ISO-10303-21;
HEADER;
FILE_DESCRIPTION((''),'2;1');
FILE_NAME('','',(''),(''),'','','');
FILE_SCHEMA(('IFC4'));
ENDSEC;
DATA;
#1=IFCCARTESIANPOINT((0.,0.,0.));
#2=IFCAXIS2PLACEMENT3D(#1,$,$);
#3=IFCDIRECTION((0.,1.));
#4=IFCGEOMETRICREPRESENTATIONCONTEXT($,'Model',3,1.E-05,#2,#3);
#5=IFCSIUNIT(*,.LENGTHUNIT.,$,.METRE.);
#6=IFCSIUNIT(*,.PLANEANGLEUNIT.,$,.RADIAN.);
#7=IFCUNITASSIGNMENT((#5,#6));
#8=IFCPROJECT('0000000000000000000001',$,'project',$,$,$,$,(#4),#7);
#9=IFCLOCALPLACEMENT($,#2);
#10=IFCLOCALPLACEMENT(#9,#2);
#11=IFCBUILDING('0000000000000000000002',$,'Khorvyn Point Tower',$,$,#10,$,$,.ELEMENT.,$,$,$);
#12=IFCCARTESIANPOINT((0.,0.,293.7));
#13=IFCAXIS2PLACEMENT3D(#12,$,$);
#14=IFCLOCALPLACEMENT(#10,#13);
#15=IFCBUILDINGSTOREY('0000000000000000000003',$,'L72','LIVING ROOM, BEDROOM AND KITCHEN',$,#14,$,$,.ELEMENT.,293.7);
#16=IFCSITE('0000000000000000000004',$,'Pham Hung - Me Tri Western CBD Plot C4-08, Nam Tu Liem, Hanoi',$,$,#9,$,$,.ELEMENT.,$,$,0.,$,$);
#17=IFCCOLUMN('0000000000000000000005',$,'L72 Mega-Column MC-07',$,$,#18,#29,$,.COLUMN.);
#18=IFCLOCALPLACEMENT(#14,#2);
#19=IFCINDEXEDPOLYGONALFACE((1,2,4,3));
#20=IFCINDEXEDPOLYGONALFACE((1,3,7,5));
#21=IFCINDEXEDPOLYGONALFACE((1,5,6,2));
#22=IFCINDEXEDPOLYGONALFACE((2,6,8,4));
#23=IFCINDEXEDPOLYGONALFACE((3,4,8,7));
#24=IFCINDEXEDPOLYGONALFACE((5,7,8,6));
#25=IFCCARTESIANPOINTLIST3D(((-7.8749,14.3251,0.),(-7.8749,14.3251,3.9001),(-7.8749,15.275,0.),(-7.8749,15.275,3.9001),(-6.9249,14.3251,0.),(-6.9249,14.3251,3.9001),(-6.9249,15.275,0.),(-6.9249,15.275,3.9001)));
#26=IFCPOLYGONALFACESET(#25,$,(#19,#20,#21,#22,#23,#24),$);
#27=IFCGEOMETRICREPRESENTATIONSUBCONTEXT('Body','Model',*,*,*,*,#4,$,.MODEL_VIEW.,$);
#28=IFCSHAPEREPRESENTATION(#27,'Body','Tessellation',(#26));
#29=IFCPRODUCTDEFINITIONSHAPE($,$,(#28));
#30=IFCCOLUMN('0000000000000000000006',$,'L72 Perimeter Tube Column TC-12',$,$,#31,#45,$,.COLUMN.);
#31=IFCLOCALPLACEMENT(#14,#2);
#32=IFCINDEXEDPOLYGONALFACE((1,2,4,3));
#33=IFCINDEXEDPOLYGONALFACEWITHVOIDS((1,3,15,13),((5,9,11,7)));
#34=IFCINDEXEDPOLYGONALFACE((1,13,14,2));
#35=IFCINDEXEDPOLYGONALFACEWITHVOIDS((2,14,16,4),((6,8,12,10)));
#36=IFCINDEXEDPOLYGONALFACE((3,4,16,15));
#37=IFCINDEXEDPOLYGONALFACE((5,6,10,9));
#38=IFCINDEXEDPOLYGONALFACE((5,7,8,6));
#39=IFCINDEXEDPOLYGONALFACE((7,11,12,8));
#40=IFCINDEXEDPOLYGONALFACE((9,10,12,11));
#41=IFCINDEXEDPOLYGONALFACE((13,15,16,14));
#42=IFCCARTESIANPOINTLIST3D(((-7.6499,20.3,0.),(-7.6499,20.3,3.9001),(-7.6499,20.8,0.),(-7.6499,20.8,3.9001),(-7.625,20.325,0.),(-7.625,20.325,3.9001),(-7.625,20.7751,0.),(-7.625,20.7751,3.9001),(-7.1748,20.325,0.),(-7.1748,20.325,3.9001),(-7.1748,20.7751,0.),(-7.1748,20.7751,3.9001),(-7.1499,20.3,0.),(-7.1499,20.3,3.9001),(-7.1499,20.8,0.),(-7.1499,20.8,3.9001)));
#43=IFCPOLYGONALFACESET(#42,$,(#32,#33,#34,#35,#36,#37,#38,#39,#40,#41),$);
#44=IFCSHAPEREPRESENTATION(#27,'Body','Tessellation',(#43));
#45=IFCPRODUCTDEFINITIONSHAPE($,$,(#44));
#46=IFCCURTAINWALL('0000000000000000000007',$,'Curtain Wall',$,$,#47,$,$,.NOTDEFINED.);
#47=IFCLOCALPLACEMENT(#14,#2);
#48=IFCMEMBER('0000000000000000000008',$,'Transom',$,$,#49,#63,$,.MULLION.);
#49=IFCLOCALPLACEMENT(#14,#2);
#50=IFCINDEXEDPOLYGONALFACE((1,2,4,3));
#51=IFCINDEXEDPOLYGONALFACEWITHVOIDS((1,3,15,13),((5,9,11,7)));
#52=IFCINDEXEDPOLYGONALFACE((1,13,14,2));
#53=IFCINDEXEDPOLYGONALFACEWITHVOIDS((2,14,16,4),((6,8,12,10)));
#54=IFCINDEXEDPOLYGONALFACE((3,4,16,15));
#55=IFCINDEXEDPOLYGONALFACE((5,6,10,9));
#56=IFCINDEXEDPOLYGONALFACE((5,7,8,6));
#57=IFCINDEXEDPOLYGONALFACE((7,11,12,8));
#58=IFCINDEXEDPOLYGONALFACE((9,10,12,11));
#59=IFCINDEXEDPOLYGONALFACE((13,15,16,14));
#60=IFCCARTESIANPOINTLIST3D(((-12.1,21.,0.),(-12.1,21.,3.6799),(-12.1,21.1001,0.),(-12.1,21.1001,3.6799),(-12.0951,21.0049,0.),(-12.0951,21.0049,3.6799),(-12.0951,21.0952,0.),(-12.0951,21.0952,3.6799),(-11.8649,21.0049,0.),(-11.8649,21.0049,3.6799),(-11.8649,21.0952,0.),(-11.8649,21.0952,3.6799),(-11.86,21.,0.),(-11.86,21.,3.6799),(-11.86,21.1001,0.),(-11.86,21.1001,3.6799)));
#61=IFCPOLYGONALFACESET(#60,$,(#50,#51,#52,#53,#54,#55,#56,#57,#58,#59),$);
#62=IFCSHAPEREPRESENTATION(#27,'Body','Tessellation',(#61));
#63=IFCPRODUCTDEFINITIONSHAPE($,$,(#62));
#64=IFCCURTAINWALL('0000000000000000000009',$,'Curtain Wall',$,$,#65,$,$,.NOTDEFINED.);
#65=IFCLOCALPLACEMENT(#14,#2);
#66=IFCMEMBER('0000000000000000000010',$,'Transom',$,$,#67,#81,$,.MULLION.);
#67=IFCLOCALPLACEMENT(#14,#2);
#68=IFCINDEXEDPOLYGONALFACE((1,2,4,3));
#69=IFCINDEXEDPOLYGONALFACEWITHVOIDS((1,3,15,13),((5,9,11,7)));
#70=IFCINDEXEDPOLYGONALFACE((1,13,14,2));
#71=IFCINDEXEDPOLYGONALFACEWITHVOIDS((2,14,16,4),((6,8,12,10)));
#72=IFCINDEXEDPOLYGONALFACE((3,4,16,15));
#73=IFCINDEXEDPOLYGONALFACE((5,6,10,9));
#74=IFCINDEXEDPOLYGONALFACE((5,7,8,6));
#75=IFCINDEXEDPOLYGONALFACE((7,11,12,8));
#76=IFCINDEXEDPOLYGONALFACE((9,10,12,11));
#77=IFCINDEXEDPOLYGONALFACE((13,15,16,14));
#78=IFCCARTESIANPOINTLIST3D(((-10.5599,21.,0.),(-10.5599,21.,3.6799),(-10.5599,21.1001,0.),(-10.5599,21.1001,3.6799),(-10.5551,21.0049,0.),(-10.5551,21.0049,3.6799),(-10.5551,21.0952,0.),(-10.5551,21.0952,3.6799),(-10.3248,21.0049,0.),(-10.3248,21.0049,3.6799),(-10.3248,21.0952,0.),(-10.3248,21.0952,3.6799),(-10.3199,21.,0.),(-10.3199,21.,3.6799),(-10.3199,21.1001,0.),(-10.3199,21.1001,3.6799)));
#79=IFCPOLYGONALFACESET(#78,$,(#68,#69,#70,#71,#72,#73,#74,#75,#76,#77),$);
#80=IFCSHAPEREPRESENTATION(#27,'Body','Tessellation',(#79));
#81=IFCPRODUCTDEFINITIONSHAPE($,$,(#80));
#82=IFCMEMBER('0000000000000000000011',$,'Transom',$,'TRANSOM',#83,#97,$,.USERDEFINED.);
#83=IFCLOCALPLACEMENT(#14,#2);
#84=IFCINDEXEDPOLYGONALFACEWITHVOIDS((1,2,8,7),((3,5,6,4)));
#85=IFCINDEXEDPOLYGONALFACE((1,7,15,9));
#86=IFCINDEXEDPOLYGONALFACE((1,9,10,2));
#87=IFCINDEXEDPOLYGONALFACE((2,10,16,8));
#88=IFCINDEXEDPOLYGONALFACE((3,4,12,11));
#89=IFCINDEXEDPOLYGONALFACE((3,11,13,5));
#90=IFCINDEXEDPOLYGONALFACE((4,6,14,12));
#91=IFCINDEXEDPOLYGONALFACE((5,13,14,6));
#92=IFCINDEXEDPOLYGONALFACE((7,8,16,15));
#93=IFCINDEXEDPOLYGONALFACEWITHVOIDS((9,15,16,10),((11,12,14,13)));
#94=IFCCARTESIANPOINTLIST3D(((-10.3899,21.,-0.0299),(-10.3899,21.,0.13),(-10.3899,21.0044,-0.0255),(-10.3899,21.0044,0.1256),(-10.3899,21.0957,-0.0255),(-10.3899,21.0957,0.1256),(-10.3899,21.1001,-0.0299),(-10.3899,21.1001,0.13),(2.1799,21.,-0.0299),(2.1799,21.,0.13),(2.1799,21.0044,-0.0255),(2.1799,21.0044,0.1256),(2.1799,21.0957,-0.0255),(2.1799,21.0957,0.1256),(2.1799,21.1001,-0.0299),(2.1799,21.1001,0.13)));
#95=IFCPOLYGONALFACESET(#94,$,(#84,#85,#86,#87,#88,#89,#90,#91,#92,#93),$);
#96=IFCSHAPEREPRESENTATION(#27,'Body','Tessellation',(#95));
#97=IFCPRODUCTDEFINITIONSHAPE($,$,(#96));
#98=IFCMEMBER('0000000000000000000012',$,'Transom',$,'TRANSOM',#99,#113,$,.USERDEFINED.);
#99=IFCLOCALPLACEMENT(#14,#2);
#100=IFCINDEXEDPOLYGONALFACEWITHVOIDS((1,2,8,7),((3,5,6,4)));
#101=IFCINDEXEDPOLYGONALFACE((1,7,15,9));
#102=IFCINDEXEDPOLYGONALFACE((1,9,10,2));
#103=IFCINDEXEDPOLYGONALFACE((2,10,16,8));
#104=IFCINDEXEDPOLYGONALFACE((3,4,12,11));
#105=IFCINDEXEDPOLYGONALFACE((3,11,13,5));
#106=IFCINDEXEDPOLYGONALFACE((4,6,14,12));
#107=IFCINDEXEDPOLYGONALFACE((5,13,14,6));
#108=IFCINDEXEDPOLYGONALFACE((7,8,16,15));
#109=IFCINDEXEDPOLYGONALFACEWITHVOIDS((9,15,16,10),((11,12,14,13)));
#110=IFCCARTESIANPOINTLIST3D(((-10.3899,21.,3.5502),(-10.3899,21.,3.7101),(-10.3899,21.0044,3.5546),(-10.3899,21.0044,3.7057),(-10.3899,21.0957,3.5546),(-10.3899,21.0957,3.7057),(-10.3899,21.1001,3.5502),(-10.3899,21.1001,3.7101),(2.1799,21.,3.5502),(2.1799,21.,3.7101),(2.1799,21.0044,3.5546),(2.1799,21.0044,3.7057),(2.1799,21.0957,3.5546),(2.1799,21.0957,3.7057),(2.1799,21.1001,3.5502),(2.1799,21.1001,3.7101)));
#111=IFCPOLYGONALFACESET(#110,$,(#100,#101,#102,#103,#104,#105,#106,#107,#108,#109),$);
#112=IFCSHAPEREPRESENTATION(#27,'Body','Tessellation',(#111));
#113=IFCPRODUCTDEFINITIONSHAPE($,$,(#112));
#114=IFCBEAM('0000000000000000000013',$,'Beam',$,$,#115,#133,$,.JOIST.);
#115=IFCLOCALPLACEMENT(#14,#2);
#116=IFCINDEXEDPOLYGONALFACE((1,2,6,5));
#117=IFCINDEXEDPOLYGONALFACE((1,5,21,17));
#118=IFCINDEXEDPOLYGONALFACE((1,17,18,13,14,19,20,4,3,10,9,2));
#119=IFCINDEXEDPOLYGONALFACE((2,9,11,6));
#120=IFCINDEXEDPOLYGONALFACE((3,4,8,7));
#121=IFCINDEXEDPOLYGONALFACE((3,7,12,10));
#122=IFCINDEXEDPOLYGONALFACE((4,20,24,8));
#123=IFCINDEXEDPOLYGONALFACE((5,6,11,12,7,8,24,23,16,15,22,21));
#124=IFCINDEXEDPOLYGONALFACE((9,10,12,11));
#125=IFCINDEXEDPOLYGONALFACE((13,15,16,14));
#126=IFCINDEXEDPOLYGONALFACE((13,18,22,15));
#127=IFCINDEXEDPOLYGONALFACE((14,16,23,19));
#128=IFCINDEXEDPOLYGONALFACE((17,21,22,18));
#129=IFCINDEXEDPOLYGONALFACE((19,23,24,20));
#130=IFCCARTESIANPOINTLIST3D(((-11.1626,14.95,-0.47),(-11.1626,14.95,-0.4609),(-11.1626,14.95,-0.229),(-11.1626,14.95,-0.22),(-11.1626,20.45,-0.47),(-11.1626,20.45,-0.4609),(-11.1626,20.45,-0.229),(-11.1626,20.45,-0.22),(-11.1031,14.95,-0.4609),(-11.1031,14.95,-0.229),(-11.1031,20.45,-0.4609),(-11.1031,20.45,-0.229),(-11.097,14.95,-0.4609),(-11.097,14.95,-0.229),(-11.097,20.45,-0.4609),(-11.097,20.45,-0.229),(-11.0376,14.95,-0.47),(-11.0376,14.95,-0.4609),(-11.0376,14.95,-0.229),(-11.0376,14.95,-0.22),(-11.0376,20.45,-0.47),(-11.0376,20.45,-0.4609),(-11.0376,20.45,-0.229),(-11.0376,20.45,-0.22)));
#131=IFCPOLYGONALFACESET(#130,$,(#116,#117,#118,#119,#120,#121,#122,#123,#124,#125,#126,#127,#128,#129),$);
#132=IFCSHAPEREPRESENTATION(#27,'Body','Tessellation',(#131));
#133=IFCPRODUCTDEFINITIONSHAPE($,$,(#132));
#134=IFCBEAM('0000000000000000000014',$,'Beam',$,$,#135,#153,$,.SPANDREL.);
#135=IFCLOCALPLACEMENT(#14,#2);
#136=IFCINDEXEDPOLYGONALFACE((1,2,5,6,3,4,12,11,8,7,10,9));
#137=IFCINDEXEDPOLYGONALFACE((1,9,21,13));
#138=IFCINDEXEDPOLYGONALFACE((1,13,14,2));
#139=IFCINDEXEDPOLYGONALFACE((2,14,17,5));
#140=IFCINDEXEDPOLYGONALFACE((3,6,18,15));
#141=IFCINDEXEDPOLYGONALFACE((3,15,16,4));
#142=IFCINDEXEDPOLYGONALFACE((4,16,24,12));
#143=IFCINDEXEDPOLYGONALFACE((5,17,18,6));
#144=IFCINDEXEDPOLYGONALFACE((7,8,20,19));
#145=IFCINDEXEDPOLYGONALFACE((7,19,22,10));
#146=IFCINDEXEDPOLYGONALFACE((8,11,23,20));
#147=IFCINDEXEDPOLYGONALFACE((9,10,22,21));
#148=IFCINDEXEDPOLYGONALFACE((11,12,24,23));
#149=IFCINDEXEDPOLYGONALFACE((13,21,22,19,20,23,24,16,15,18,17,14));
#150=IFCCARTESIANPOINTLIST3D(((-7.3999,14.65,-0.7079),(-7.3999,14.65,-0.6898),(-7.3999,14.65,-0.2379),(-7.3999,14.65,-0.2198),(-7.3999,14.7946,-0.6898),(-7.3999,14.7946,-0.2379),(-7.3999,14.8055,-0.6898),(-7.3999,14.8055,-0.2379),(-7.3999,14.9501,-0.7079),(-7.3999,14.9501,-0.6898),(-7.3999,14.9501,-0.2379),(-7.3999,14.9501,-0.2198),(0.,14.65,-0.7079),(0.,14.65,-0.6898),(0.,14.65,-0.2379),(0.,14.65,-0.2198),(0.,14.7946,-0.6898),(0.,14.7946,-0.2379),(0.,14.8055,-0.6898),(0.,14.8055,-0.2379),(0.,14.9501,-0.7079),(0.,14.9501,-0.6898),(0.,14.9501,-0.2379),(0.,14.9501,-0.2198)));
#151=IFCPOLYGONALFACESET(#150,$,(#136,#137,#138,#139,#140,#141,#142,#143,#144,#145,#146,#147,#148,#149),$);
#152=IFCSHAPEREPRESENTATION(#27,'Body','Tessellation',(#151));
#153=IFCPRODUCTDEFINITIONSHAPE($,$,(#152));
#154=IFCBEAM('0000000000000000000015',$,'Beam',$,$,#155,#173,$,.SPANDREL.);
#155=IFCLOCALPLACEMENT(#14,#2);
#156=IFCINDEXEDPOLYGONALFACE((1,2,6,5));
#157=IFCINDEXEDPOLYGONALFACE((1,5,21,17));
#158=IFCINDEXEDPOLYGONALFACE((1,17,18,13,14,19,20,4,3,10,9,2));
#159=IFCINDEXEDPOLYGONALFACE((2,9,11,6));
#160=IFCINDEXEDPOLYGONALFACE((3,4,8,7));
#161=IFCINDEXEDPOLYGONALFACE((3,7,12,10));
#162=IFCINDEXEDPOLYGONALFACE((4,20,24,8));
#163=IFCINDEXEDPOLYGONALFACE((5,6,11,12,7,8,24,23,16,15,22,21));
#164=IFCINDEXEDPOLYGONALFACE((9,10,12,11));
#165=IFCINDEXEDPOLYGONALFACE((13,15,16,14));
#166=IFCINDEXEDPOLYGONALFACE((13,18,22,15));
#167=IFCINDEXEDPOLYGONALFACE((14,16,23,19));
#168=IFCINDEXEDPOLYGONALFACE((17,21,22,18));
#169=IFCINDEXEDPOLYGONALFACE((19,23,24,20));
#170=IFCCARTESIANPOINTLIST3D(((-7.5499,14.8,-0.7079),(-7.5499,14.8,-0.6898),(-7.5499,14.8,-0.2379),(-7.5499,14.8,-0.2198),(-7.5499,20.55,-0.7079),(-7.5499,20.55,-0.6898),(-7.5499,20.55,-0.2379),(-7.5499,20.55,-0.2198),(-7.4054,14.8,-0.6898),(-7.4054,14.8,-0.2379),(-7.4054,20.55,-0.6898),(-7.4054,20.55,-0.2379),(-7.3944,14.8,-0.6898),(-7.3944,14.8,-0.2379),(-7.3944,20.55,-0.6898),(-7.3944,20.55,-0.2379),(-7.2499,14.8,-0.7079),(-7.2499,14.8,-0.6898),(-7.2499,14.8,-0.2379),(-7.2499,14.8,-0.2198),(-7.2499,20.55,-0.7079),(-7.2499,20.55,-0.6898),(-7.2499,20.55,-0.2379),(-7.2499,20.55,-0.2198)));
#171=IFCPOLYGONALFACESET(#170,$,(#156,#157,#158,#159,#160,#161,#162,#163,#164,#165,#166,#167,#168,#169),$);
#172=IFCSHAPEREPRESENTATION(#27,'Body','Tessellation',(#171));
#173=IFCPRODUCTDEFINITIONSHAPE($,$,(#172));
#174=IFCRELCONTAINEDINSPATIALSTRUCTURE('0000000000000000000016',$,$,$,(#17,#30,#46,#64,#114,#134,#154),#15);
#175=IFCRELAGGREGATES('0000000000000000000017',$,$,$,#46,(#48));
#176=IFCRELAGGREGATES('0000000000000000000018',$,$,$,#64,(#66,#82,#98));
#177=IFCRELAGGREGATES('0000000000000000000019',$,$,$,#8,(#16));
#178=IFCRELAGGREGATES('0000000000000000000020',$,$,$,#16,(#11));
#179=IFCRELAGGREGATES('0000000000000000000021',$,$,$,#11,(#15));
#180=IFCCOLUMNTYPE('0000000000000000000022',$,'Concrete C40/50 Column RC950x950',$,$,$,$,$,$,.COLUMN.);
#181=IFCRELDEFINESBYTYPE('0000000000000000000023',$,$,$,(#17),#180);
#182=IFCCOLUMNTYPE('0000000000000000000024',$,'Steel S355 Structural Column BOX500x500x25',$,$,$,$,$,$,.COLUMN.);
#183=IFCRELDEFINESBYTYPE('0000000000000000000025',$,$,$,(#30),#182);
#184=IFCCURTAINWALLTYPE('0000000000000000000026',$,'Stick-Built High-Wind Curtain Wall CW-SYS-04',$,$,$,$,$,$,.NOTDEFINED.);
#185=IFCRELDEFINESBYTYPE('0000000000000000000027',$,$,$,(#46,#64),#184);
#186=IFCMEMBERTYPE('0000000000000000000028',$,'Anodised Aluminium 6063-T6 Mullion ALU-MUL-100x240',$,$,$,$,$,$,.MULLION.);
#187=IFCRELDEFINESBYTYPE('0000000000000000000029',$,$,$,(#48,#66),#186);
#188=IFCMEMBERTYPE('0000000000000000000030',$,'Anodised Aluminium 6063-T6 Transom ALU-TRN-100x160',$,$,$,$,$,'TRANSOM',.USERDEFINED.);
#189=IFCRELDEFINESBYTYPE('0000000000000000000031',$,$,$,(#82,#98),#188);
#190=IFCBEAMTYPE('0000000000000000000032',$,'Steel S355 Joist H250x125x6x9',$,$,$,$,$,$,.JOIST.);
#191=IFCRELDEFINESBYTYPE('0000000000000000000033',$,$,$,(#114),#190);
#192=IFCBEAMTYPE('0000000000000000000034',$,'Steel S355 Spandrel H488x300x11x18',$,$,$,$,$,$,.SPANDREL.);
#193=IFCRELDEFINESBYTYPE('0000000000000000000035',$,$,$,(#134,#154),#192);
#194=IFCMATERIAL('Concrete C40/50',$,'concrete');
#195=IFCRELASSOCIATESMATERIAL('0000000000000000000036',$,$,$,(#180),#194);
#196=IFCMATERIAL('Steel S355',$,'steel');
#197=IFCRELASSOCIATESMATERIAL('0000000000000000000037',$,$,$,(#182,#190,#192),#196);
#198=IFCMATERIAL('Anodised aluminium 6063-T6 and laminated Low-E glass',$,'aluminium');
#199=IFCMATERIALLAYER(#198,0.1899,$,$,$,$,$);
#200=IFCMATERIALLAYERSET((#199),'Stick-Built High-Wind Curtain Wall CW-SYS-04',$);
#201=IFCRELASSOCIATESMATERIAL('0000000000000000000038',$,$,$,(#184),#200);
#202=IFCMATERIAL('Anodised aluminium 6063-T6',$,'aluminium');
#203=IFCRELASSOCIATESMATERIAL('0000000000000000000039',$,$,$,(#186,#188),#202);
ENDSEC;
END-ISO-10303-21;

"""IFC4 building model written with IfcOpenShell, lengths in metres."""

from ifc_helpers import new_model, si_unit, direction, frame, origin, origin_2d, place, context, subcontext, project, spatial, rectangle, hollow_rectangle, i_section, extrude, material, layer, layer_set, material_profile, profile_set, type_object, element, aggregate, save


model = new_model("IFC4")

# Units and contexts
model_context = context("Model", 3, precision=1e-05, world=origin(), true_north=direction((0.0, 1.0)))
body_context = subcontext(model_context, "Body", "Model", "MODEL_VIEW")
ifc_project = project(units=[si_unit("LENGTHUNIT", "METRE"), si_unit("PLANEANGLEUNIT", "RADIAN")], contexts=[model_context])

# Site, building, storey
site_placement = place(None, origin())
site = spatial("IfcSite", under=ifc_project, at=site_placement, Name="Pham Hung - Me Tri Western CBD Plot C4-08, Nam Tu Liem, Hanoi", CompositionType="ELEMENT", RefElevation=0.0)
building_placement = place(site_placement, origin())
building = spatial("IfcBuilding", under=site, at=building_placement, Name="Khorvyn Point Tower", CompositionType="ELEMENT")
storey_placement = place(building_placement, frame((0.0, 0.0, 293.7)))
storey = spatial("IfcBuildingStorey", under=building, at=storey_placement, Name="L72", Description="LIVING ROOM, BEDROOM AND KITCHEN", CompositionType="ELEMENT", Elevation=293.7)

# Columns
ifc_material_1 = material(Name="Concrete C40/50", Category="concrete")
ifc_material_profile_1 = material_profile(ifc_material_1, rectangle(XDim=0.95, YDim=0.95, at=origin_2d()))
ifc_profile_set_1 = profile_set([ifc_material_profile_1], Name="Concrete C40/50 RC950x950")
column_type_1 = type_object("IfcColumnType", Name="Concrete C40/50 Column RC950x950", PredefinedType="COLUMN", material=ifc_profile_set_1)
column_1_placement = place(storey_placement, frame((-7.3999, 14.8, 0.0), z_axis=(0.0, 0.0, 1.0), x_axis=(1.0, 0.0, 0.0)))
element("IfcColumn", 1, at=column_1_placement, inside=storey, type_object=column_type_1, Name="L72 Mega-Column MC-07", PredefinedType="COLUMN", context=body_context, shape_type="SweptSolid", body=[
    extrude(rectangle(XDim=0.95, YDim=0.95, at=origin_2d()), origin(), (0.0, 0.0, 1.0), 3.9001),
])
ifc_material_2 = material(Name="Steel S355", Category="steel")
ifc_material_profile_2 = material_profile(ifc_material_2, hollow_rectangle(XDim=0.5, YDim=0.5, WallThickness=0.0249, at=origin_2d()))
ifc_profile_set_2 = profile_set([ifc_material_profile_2], Name="Steel S355 BOX500x500x25")
column_type_2 = type_object("IfcColumnType", Name="Steel S355 Structural Column BOX500x500x25", PredefinedType="COLUMN", material=ifc_profile_set_2)
column_2_placement = place(storey_placement, frame((-7.3999, 20.55, 0.0), z_axis=(0.0, 0.0, 1.0), x_axis=(1.0, 0.0, 0.0)))
element("IfcColumn", 2, at=column_2_placement, inside=storey, type_object=column_type_2, Name="L72 Perimeter Tube Column TC-12", PredefinedType="COLUMN", context=body_context, shape_type="SweptSolid", body=[
    extrude(hollow_rectangle(XDim=0.5, YDim=0.5, WallThickness=0.0249, at=origin_2d()), origin(), (0.0, 0.0, 1.0), 3.9001),
])

# Curtain wall, member
ifc_material_3 = material(Name="Anodised aluminium 6063-T6 and laminated Low-E glass", Category="aluminium")
ifc_layer_1 = layer(ifc_material_3, 0.1899)
ifc_layer_set_1 = layer_set([ifc_layer_1], Name="Stick-Built High-Wind Curtain Wall CW-SYS-04")
curtain_wall_type = type_object("IfcCurtainWallType", Name="Stick-Built High-Wind Curtain Wall CW-SYS-04", PredefinedType="NOTDEFINED", material=ifc_layer_set_1)
curtain_wall_1_placement = place(storey_placement, origin())
curtain_wall_1 = element("IfcCurtainWall", 3, at=curtain_wall_1_placement, inside=storey, type_object=curtain_wall_type, Name="Curtain Wall", PredefinedType="NOTDEFINED")
ifc_material_4 = material(Name="Anodised aluminium 6063-T6", Category="aluminium")
ifc_material_profile_3 = material_profile(ifc_material_4, hollow_rectangle(XDim=0.1001, YDim=0.24, WallThickness=0.0049, at=origin_2d()))
ifc_profile_set_3 = profile_set([ifc_material_profile_3], Name="Anodised aluminium 6063-T6 ALU-MUL-100x240")
member_type_1 = type_object("IfcMemberType", Name="Anodised Aluminium 6063-T6 Mullion ALU-MUL-100x240", PredefinedType="MULLION", material=ifc_profile_set_3)
member_1_placement = place(storey_placement, frame((-11.98, 21.05, 0.0), z_axis=(0.0, 0.0, 1.0), x_axis=(0.0, 1.0, 0.0)))
member_1 = element("IfcMember", 4, at=member_1_placement, type_object=member_type_1, Name="Transom", PredefinedType="MULLION", context=body_context, shape_type="SweptSolid", body=[
    extrude(hollow_rectangle(XDim=0.1001, YDim=0.24, WallThickness=0.0049, at=origin_2d()), origin(), (0.0, 0.0, 1.0), 3.6799),
])
aggregate(curtain_wall_1, [member_1])

# Curtain wall, members
curtain_wall_2_placement = place(storey_placement, origin())
curtain_wall_2 = element("IfcCurtainWall", 5, at=curtain_wall_2_placement, inside=storey, type_object=curtain_wall_type, Name="Curtain Wall", PredefinedType="NOTDEFINED")
member_2_placement = place(storey_placement, frame((-10.4399, 21.05, 0.0), z_axis=(0.0, 0.0, 1.0), x_axis=(0.0, 1.0, 0.0)))
member_2 = element("IfcMember", 6, at=member_2_placement, type_object=member_type_1, Name="Transom", PredefinedType="MULLION", context=body_context, shape_type="SweptSolid", body=[
    extrude(hollow_rectangle(XDim=0.1001, YDim=0.24, WallThickness=0.0049, at=origin_2d()), origin(), (0.0, 0.0, 1.0), 3.6799),
])
ifc_material_profile_4 = material_profile(ifc_material_4, hollow_rectangle(XDim=0.1001, YDim=0.1599, WallThickness=0.0044, at=origin_2d()))
ifc_profile_set_4 = profile_set([ifc_material_profile_4], Name="Anodised aluminium 6063-T6 ALU-TRN-100x160")
member_type_2 = type_object("IfcMemberType", Name="Anodised Aluminium 6063-T6 Transom ALU-TRN-100x160", ElementType="TRANSOM", PredefinedType="USERDEFINED", material=ifc_profile_set_4)
member_3_placement = place(storey_placement, frame((-10.3899, 21.05, 0.05), z_axis=(1.0, 0.0, 0.0), x_axis=(0.0, 1.0, 0.0)))
member_3 = element("IfcMember", 7, at=member_3_placement, type_object=member_type_2, Name="Transom", ObjectType="TRANSOM", PredefinedType="USERDEFINED", context=body_context, shape_type="SweptSolid", body=[
    extrude(hollow_rectangle(XDim=0.1001, YDim=0.1599, WallThickness=0.0044, at=origin_2d()), origin(), (0.0, 0.0, 1.0), 12.5698),
])
member_4_placement = place(storey_placement, frame((-10.3899, 21.05, 3.6301), z_axis=(1.0, 0.0, 0.0), x_axis=(0.0, 1.0, 0.0)))
member_4 = element("IfcMember", 8, at=member_4_placement, type_object=member_type_2, Name="Transom", ObjectType="TRANSOM", PredefinedType="USERDEFINED", context=body_context, shape_type="SweptSolid", body=[
    extrude(hollow_rectangle(XDim=0.1001, YDim=0.1599, WallThickness=0.0044, at=origin_2d()), origin(), (0.0, 0.0, 1.0), 12.5698),
])

# Beams
ifc_material_profile_5 = material_profile(ifc_material_2, i_section(OverallWidth=0.125, OverallDepth=0.25, WebThickness=0.0061, FlangeThickness=0.009, at=origin_2d()))
ifc_profile_set_5 = profile_set([ifc_material_profile_5], Name="Steel S355 H250x125x6x9")
beam_type_1 = type_object("IfcBeamType", Name="Steel S355 Joist H250x125x6x9", PredefinedType="JOIST", material=ifc_profile_set_5)
beam_1_placement = place(storey_placement, frame((-11.1001, 14.95, -0.345), z_axis=(0.0, 1.0, 0.0), x_axis=(-1.0, 0.0, 0.0)))
element("IfcBeam", 9, at=beam_1_placement, inside=storey, type_object=beam_type_1, Name="Beam", PredefinedType="JOIST", context=body_context, shape_type="SweptSolid", body=[
    extrude(i_section(OverallWidth=0.125, OverallDepth=0.25, WebThickness=0.0061, FlangeThickness=0.009, at=origin_2d()), origin(), (0.0, 0.0, 1.0), 5.5),
])
ifc_material_profile_6 = material_profile(ifc_material_2, i_section(OverallWidth=0.3, OverallDepth=0.488, WebThickness=0.011, FlangeThickness=0.0181, at=origin_2d()))
ifc_profile_set_6 = profile_set([ifc_material_profile_6], Name="Steel S355 H488x300x11x18")
beam_type_2 = type_object("IfcBeamType", Name="Steel S355 Spandrel H488x300x11x18", PredefinedType="SPANDREL", material=ifc_profile_set_6)
beam_2_placement = place(storey_placement, frame((-7.3999, 14.8, -0.4639), z_axis=(1.0, 0.0, 0.0), x_axis=(0.0, 1.0, 0.0)))
element("IfcBeam", 10, at=beam_2_placement, inside=storey, type_object=beam_type_2, Name="Beam", PredefinedType="SPANDREL", context=body_context, shape_type="SweptSolid", body=[
    extrude(i_section(OverallWidth=0.3, OverallDepth=0.488, WebThickness=0.011, FlangeThickness=0.0181, at=origin_2d()), origin(), (0.0, 0.0, 1.0), 7.3999),
])
beam_3_placement = place(storey_placement, frame((-7.3999, 14.8, -0.4639), z_axis=(0.0, 1.0, 0.0), x_axis=(-1.0, 0.0, 0.0)))
element("IfcBeam", 11, at=beam_3_placement, inside=storey, type_object=beam_type_2, Name="Beam", PredefinedType="SPANDREL", context=body_context, shape_type="SweptSolid", body=[
    extrude(i_section(OverallWidth=0.3, OverallDepth=0.488, WebThickness=0.011, FlangeThickness=0.0181, at=origin_2d()), origin(), (0.0, 0.0, 1.0), 5.75),
])

aggregate(curtain_wall_2, [member_2, member_3, member_4])

save(model, "model.ifc")
